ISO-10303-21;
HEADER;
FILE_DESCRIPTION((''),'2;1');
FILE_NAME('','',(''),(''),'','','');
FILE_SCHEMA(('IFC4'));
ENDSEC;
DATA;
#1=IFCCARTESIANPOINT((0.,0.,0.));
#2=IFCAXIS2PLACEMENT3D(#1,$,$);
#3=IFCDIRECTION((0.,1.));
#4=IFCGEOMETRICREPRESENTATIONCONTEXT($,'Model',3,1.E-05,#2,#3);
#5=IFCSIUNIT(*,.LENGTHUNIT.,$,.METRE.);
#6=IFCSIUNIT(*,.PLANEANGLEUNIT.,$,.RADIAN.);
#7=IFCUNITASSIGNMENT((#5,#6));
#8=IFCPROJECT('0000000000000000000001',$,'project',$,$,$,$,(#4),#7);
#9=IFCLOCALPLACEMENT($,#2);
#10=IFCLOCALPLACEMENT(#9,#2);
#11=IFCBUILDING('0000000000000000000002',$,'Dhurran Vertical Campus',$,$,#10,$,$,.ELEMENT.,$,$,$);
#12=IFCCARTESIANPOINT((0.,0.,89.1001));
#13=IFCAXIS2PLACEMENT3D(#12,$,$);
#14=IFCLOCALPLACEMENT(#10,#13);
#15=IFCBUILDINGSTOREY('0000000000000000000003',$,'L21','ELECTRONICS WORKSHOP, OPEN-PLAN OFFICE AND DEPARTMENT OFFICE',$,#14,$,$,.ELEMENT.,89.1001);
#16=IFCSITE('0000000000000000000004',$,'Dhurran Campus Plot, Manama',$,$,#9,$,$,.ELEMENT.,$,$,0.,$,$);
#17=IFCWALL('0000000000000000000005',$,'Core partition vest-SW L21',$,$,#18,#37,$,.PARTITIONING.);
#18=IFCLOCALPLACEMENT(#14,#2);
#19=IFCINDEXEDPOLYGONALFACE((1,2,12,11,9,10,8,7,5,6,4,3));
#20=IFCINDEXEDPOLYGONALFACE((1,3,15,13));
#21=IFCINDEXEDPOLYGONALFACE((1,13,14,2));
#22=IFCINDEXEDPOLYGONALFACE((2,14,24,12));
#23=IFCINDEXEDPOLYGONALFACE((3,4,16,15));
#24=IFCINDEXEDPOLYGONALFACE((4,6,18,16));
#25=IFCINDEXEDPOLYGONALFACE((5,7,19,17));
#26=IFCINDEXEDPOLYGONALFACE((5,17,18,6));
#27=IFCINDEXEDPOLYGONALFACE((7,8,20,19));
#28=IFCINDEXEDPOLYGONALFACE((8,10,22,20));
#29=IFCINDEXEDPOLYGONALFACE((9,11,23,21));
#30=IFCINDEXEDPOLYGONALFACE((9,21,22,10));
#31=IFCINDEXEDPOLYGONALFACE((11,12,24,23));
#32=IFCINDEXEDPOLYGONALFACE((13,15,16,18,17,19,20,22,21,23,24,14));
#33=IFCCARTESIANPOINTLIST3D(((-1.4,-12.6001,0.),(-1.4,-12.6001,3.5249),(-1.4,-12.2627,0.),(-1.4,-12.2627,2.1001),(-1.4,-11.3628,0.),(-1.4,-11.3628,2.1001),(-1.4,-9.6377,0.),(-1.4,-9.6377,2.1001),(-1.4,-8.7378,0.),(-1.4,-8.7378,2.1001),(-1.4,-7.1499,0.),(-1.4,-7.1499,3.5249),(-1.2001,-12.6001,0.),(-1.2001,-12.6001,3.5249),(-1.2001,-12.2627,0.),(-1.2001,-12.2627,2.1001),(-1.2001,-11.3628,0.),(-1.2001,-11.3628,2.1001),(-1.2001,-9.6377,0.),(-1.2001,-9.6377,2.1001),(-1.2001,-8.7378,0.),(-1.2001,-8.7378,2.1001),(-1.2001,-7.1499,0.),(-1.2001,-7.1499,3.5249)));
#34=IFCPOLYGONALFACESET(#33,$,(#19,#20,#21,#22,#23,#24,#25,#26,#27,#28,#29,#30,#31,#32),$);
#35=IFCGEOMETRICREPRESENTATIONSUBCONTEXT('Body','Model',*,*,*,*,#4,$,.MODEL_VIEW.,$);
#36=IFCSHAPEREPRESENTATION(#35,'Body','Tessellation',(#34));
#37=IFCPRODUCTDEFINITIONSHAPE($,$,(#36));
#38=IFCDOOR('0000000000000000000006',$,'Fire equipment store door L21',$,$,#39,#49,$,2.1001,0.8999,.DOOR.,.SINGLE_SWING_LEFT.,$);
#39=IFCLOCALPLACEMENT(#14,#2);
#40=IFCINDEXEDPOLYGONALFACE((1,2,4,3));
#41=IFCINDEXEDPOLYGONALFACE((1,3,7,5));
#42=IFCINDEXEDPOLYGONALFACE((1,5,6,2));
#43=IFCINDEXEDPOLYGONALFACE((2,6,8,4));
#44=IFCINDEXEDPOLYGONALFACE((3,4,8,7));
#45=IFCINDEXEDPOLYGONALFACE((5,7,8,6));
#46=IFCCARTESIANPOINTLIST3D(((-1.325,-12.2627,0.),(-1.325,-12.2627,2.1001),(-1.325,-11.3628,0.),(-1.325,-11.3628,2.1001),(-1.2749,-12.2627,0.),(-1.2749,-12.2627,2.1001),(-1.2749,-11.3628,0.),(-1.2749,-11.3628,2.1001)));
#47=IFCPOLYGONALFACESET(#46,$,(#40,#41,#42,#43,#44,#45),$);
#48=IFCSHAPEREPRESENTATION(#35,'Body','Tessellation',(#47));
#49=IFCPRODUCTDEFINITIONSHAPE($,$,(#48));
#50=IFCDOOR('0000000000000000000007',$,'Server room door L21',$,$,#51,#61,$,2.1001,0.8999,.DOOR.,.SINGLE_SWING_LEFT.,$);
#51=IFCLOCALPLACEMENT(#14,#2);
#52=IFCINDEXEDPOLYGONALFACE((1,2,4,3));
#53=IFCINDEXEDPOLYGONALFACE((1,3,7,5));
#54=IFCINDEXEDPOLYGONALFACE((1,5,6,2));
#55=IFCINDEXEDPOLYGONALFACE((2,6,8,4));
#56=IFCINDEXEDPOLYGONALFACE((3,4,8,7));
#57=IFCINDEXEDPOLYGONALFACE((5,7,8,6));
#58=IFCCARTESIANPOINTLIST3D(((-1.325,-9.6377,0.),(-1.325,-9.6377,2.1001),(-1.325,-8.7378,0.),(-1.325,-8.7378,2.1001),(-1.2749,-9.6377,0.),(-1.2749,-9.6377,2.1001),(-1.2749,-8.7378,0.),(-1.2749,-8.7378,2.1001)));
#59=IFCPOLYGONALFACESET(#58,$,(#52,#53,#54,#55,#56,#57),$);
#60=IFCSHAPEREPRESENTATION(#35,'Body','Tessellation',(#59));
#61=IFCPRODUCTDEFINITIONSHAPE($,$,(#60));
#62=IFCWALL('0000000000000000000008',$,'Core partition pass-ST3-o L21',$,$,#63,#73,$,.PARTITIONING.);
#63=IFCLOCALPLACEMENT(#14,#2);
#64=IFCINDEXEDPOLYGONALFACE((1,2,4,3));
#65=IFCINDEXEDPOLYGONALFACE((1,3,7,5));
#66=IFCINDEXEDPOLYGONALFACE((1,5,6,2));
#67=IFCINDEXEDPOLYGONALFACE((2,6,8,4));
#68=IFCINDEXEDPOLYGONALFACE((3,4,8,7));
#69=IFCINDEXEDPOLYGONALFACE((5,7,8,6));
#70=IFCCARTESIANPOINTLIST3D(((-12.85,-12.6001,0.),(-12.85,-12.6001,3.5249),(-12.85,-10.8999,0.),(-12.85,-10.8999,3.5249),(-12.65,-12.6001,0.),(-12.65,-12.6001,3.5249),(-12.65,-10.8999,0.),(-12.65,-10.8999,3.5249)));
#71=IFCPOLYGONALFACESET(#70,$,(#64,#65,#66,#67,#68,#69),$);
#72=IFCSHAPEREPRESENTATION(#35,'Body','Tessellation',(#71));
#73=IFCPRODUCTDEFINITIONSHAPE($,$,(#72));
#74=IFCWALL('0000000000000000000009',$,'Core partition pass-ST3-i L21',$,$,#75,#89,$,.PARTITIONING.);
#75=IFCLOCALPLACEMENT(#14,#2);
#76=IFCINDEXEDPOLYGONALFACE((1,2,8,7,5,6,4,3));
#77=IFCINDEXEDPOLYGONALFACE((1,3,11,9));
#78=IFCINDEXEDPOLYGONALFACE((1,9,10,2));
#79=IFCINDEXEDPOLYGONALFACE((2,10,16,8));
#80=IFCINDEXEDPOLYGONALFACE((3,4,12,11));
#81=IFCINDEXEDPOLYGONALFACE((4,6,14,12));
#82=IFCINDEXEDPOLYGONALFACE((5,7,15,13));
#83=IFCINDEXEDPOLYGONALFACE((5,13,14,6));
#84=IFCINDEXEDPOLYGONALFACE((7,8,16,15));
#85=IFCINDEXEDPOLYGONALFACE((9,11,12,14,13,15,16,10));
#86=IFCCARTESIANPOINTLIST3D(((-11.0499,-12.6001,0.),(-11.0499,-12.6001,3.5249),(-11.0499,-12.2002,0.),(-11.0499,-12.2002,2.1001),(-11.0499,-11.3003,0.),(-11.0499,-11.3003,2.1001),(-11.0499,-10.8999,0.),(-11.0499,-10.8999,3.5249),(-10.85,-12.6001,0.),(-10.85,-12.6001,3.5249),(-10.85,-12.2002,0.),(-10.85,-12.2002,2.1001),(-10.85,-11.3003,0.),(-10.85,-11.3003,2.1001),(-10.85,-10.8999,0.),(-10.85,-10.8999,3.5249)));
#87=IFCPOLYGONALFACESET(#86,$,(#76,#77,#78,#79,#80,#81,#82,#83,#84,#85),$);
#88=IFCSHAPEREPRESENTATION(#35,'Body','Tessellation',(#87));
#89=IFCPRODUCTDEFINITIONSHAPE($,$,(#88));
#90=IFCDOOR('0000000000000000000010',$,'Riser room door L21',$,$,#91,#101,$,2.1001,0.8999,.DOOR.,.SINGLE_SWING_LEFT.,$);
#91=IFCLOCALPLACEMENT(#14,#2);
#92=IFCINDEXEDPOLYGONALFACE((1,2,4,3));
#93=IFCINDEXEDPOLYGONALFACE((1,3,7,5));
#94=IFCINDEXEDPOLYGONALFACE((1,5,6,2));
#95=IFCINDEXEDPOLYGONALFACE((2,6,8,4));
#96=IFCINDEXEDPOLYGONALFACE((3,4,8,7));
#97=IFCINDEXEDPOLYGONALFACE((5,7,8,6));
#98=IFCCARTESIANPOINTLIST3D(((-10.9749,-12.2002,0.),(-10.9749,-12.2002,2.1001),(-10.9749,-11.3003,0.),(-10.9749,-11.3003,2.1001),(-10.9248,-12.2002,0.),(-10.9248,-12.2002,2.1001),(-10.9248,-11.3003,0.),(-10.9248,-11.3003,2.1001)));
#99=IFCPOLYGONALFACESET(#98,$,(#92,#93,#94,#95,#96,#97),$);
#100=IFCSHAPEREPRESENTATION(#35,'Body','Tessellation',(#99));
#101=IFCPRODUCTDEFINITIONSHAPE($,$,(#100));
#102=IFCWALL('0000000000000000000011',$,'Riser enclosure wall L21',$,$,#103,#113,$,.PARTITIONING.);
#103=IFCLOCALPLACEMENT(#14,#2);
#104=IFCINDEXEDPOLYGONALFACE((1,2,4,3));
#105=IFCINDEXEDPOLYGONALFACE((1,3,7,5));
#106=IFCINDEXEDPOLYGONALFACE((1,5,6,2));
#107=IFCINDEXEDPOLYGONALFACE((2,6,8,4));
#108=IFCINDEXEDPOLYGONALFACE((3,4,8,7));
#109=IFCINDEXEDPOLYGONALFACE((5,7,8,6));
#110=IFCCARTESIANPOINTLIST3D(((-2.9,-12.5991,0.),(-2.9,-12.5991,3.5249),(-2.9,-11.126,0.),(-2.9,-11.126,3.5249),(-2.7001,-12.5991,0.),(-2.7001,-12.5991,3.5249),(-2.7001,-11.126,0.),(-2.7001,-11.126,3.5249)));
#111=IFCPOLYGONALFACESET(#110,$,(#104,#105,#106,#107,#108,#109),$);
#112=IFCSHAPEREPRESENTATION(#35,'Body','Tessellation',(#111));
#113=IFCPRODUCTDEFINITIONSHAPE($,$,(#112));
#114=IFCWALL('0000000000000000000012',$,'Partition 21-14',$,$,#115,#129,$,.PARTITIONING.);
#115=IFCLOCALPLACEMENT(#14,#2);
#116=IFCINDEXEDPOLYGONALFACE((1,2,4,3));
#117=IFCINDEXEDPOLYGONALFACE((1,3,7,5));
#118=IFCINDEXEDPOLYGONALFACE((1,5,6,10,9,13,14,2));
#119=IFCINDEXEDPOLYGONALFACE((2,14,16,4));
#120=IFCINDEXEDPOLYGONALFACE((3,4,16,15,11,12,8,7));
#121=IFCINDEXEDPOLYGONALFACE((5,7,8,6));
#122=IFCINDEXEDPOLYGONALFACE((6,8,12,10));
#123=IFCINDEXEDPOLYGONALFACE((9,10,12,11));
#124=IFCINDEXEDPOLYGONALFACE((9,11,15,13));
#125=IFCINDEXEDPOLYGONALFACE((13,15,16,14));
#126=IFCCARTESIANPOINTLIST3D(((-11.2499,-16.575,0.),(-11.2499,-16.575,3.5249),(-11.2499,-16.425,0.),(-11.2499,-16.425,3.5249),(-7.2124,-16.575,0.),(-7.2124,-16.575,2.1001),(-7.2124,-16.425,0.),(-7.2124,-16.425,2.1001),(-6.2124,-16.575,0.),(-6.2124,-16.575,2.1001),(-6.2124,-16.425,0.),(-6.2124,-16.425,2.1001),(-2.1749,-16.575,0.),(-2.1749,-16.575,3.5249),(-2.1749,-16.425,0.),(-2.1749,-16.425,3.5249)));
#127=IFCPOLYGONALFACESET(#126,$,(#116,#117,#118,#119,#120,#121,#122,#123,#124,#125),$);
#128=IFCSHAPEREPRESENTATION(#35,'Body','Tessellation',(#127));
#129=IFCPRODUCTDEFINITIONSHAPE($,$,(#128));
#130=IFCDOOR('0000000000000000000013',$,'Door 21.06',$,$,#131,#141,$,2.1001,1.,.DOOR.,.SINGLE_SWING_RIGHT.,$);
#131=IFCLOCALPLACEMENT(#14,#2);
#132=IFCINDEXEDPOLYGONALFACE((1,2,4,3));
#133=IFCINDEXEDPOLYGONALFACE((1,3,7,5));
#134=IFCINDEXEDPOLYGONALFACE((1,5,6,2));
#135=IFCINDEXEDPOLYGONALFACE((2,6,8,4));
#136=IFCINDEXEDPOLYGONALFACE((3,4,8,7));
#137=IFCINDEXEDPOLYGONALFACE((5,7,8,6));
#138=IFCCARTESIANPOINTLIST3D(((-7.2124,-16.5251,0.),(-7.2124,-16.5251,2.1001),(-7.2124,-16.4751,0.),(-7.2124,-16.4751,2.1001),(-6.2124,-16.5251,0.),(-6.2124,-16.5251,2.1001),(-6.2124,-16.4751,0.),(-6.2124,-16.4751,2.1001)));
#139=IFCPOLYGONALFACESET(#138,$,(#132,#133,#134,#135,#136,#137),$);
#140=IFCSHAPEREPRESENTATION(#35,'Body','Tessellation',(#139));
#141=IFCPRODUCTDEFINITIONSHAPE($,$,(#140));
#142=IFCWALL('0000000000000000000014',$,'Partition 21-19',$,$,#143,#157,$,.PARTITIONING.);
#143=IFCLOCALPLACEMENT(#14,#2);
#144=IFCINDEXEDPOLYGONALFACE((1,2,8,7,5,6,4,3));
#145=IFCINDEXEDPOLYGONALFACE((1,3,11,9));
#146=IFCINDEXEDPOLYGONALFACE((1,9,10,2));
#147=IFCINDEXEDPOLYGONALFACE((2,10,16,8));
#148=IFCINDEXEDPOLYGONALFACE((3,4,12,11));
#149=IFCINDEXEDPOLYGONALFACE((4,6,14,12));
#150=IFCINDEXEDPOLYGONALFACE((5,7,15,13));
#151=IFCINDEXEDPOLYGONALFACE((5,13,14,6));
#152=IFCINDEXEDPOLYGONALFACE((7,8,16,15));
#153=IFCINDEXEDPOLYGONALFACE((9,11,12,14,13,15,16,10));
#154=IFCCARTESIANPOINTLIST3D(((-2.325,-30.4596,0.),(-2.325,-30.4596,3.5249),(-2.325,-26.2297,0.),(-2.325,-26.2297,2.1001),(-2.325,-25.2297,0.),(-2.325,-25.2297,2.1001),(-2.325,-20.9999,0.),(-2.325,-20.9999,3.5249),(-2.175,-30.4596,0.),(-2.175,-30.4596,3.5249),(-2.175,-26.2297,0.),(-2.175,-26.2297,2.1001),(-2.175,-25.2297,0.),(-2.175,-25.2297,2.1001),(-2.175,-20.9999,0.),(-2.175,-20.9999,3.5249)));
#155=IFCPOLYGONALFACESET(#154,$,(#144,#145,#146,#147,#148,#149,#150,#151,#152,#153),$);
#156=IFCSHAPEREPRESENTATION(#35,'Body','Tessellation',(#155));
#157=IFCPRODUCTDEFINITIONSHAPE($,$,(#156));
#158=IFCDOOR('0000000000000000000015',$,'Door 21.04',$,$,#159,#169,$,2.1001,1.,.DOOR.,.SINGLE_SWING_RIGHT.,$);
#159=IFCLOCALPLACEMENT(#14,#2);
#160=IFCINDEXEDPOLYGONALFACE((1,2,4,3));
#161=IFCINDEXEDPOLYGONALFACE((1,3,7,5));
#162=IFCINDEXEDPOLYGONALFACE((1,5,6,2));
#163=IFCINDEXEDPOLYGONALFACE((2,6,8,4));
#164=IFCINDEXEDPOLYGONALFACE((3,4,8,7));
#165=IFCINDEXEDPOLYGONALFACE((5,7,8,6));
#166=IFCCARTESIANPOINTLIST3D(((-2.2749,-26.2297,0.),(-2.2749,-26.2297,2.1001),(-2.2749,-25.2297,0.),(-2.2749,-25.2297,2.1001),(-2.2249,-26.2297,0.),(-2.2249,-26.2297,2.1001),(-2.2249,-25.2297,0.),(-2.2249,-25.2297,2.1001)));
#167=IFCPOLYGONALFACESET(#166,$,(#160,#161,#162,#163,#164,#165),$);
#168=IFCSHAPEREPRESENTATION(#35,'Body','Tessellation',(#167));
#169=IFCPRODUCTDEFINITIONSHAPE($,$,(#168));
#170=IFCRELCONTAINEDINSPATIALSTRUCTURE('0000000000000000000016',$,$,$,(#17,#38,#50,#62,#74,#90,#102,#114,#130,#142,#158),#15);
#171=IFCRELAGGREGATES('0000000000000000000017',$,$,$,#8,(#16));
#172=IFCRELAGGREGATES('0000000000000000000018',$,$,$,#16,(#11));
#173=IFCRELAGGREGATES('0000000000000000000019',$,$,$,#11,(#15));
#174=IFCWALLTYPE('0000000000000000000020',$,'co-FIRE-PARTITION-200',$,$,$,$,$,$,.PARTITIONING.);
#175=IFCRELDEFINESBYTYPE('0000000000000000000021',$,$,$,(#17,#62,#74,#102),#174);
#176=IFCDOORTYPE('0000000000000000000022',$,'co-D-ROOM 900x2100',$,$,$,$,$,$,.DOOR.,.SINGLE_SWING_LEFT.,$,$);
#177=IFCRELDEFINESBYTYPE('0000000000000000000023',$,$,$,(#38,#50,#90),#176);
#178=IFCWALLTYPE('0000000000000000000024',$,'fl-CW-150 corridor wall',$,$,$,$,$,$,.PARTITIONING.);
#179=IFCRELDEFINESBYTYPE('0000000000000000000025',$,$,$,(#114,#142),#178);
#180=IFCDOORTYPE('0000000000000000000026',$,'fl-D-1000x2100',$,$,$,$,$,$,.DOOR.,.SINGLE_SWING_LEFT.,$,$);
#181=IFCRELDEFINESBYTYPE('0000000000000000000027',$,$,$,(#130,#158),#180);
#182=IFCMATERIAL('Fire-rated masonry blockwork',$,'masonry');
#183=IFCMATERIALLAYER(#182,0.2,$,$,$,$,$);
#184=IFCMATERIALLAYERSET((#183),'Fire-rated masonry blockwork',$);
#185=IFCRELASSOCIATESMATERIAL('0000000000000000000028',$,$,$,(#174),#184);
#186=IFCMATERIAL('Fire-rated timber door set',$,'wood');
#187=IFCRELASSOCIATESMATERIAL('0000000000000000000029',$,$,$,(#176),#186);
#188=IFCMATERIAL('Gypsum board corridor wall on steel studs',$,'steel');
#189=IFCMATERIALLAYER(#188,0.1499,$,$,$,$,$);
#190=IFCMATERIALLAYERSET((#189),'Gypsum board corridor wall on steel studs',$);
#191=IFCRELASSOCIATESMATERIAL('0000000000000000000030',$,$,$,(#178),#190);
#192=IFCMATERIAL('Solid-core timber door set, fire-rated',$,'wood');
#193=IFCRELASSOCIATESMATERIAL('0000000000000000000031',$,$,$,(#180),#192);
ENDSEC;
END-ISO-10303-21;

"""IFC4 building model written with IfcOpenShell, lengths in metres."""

from ifc_helpers import new_model, si_unit, direction, frame, frame_2d, origin, place, context, subcontext, project, spatial, rectangle, extrude, material, layer, layer_set, type_object, element, fill, save


model = new_model("IFC4")

# Units and contexts
model_context = context("Model", 3, precision=1e-05, world=origin(), true_north=direction((0.0, 1.0)))
body_context = subcontext(model_context, "Body", "Model", "MODEL_VIEW")
ifc_project = project(units=[si_unit("LENGTHUNIT", "METRE"), si_unit("PLANEANGLEUNIT", "RADIAN")], contexts=[model_context])

# Site, building, storey
site_placement = place(None, origin())
site = spatial("IfcSite", under=ifc_project, at=site_placement, Name="Dhurran Campus Plot, Manama", CompositionType="ELEMENT", RefElevation=0.0)
building_placement = place(site_placement, origin())
building = spatial("IfcBuilding", under=site, at=building_placement, Name="Dhurran Vertical Campus", CompositionType="ELEMENT")
storey_placement = place(building_placement, frame((0.0, 0.0, 89.1001)))
storey = spatial("IfcBuildingStorey", under=building, at=storey_placement, Name="L21", Description="ELECTRONICS WORKSHOP, OPEN-PLAN OFFICE AND DEPARTMENT OFFICE", CompositionType="ELEMENT", Elevation=89.1001)

# Wall, openings, doors
ifc_material_1 = material(Name="Fire-rated masonry blockwork", Category="masonry")
ifc_layer_1 = layer(ifc_material_1, 0.2)
ifc_layer_set_1 = layer_set([ifc_layer_1], Name="Fire-rated masonry blockwork")
wall_type_1 = type_object("IfcWallType", Name="co-FIRE-PARTITION-200", PredefinedType="PARTITIONING", material=ifc_layer_set_1)
wall_1_placement = place(storey_placement, frame((-1.3, -12.6001, 0.0), z_axis=(0.0, 0.0, 1.0), x_axis=(0.0, 1.0, 0.0)))
wall_1 = element("IfcWall", 1, at=wall_1_placement, inside=storey, type_object=wall_type_1, Name="Core partition vest-SW L21", PredefinedType="PARTITIONING", context=body_context, shape_type="SweptSolid", body=[
    extrude(rectangle(XDim=5.4502, YDim=0.2, at=frame_2d((2.7251, 0.0))), origin(), (0.0, 0.0, 1.0), 3.5249),
])
opening_1_placement = place(wall_1_placement, frame((0.3374, 0.0, 0.0)))
opening_1 = element("IfcOpeningElement", 2, at=opening_1_placement, cuts=wall_1, PredefinedType="OPENING", context=body_context, shape_type="SweptSolid", body=[
    extrude(rectangle(XDim=0.8999, YDim=2.1001, at=frame_2d((0.45, 1.05))), frame((0.0, 0.1099, 0.0), z_axis=(0.0, -1.0, 0.0), x_axis=(1.0, 0.0, 0.0)), (0.0, 0.0, 1.0), 0.22),
])
opening_2_placement = place(wall_1_placement, frame((2.9624, 0.0, 0.0)))
opening_2 = element("IfcOpeningElement", 3, at=opening_2_placement, cuts=wall_1, PredefinedType="OPENING", context=body_context, shape_type="SweptSolid", body=[
    extrude(rectangle(XDim=0.8999, YDim=2.1001, at=frame_2d((0.45, 1.05))), frame((0.0, 0.1099, 0.0), z_axis=(0.0, -1.0, 0.0), x_axis=(1.0, 0.0, 0.0)), (0.0, 0.0, 1.0), 0.22),
])
ifc_material_2 = material(Name="Fire-rated timber door set", Category="wood")
door_type_1 = type_object("IfcDoorType", Name="co-D-ROOM 900x2100", OperationType="SINGLE_SWING_LEFT", PredefinedType="DOOR", material=ifc_material_2)
door_1_placement = place(opening_1_placement, origin())
door_1 = element("IfcDoor", 4, at=door_1_placement, inside=storey, type_object=door_type_1, Name="Fire equipment store door L21", OperationType="SINGLE_SWING_LEFT", OverallHeight=2.1001, OverallWidth=0.8999, PredefinedType="DOOR", context=body_context, shape_type="SweptSolid", body=[
    extrude(rectangle(XDim=0.8999, YDim=2.1001, at=frame_2d((0.45, 1.05))), frame((0.0, 0.0249, 0.0), z_axis=(0.0, -1.0, 0.0), x_axis=(1.0, 0.0, 0.0)), (0.0, 0.0, 1.0), 0.05),
])
fill(opening_1, door_1)
door_2_placement = place(opening_2_placement, origin())
door_2 = element("IfcDoor", 5, at=door_2_placement, inside=storey, type_object=door_type_1, Name="Server room door L21", OperationType="SINGLE_SWING_LEFT", OverallHeight=2.1001, OverallWidth=0.8999, PredefinedType="DOOR", context=body_context, shape_type="SweptSolid", body=[
    extrude(rectangle(XDim=0.8999, YDim=2.1001, at=frame_2d((0.45, 1.05))), frame((0.0, 0.0249, 0.0), z_axis=(0.0, -1.0, 0.0), x_axis=(1.0, 0.0, 0.0)), (0.0, 0.0, 1.0), 0.05),
])
fill(opening_2, door_2)

# Wall
wall_2_placement = place(storey_placement, frame((-12.75, -12.6001, 0.0), z_axis=(0.0, 0.0, 1.0), x_axis=(0.0, 1.0, 0.0)))
element("IfcWall", 6, at=wall_2_placement, inside=storey, type_object=wall_type_1, Name="Core partition pass-ST3-o L21", PredefinedType="PARTITIONING", context=body_context, shape_type="SweptSolid", body=[
    extrude(rectangle(XDim=1.7002, YDim=0.2, at=frame_2d((0.8501, 0.0))), origin(), (0.0, 0.0, 1.0), 3.5249),
])

# Wall, opening, door
wall_3_placement = place(storey_placement, frame((-10.95, -12.6001, 0.0), z_axis=(0.0, 0.0, 1.0), x_axis=(0.0, 1.0, 0.0)))
wall_3 = element("IfcWall", 7, at=wall_3_placement, inside=storey, type_object=wall_type_1, Name="Core partition pass-ST3-i L21", PredefinedType="PARTITIONING", context=body_context, shape_type="SweptSolid", body=[
    extrude(rectangle(XDim=1.7002, YDim=0.2, at=frame_2d((0.8501, 0.0))), origin(), (0.0, 0.0, 1.0), 3.5249),
])
opening_3_placement = place(wall_3_placement, frame((0.3999, 0.0, 0.0)))
opening_3 = element("IfcOpeningElement", 8, at=opening_3_placement, cuts=wall_3, PredefinedType="OPENING", context=body_context, shape_type="SweptSolid", body=[
    extrude(rectangle(XDim=0.8999, YDim=2.1001, at=frame_2d((0.45, 1.05))), frame((0.0, 0.1099, 0.0), z_axis=(0.0, -1.0, 0.0), x_axis=(1.0, 0.0, 0.0)), (0.0, 0.0, 1.0), 0.22),
])
door_3_placement = place(opening_3_placement, origin())
door_3 = element("IfcDoor", 9, at=door_3_placement, inside=storey, type_object=door_type_1, Name="Riser room door L21", OperationType="SINGLE_SWING_LEFT", OverallHeight=2.1001, OverallWidth=0.8999, PredefinedType="DOOR", context=body_context, shape_type="SweptSolid", body=[
    extrude(rectangle(XDim=0.8999, YDim=2.1001, at=frame_2d((0.45, 1.05))), frame((0.0, 0.0249, 0.0), z_axis=(0.0, -1.0, 0.0), x_axis=(1.0, 0.0, 0.0)), (0.0, 0.0, 1.0), 0.05),
])
fill(opening_3, door_3)

# Wall
wall_4_placement = place(storey_placement, frame((-2.8, -12.5991, 0.0), z_axis=(0.0, 0.0, 1.0), x_axis=(0.0, 1.0, 0.0)))
element("IfcWall", 10, at=wall_4_placement, inside=storey, type_object=wall_type_1, Name="Riser enclosure wall L21", PredefinedType="PARTITIONING", context=body_context, shape_type="SweptSolid", body=[
    extrude(rectangle(XDim=1.4731, YDim=0.2, at=frame_2d((0.7366, 0.0))), origin(), (0.0, 0.0, 1.0), 3.5249),
])

# Walls, openings, doors
ifc_material_3 = material(Name="Gypsum board corridor wall on steel studs", Category="steel")
ifc_layer_2 = layer(ifc_material_3, 0.1499)
ifc_layer_set_2 = layer_set([ifc_layer_2], Name="Gypsum board corridor wall on steel studs")
wall_type_2 = type_object("IfcWallType", Name="fl-CW-150 corridor wall", PredefinedType="PARTITIONING", material=ifc_layer_set_2)
wall_5_placement = place(storey_placement, frame((-11.25, -16.5, 0.0), z_axis=(0.0, 0.0, 1.0), x_axis=(1.0, 0.0, 0.0)))
wall_5 = element("IfcWall", 11, at=wall_5_placement, inside=storey, type_object=wall_type_2, Name="Partition 21-14", PredefinedType="PARTITIONING", context=body_context, shape_type="SweptSolid", body=[
    extrude(rectangle(XDim=9.075, YDim=0.1499, at=frame_2d((4.5376, 0.0))), origin(), (0.0, 0.0, 1.0), 3.5249),
])
opening_4_placement = place(wall_5_placement, frame((4.0376, 0.0, 0.0)))
opening_4 = element("IfcOpeningElement", 12, at=opening_4_placement, cuts=wall_5, PredefinedType="OPENING", context=body_context, shape_type="SweptSolid", body=[
    extrude(rectangle(XDim=1.0, YDim=2.1001, at=frame_2d((0.5, 1.05))), frame((0.0, 0.085, 0.0), z_axis=(0.0, -1.0, 0.0), x_axis=(1.0, 0.0, 0.0)), (0.0, 0.0, 1.0), 0.1699),
])
ifc_material_4 = material(Name="Solid-core timber door set, fire-rated", Category="wood")
door_type_2 = type_object("IfcDoorType", Name="fl-D-1000x2100", OperationType="SINGLE_SWING_LEFT", PredefinedType="DOOR", material=ifc_material_4)
door_4_placement = place(opening_4_placement, origin())
door_4 = element("IfcDoor", 13, at=door_4_placement, inside=storey, type_object=door_type_2, Name="Door 21.06", OperationType="SINGLE_SWING_RIGHT", OverallHeight=2.1001, OverallWidth=1.0, PredefinedType="DOOR", context=body_context, shape_type="SweptSolid", body=[
    extrude(rectangle(XDim=1.0, YDim=2.1001, at=frame_2d((0.5, 1.05))), frame((0.0, 0.0249, 0.0), z_axis=(0.0, -1.0, 0.0), x_axis=(1.0, 0.0, 0.0)), (0.0, 0.0, 1.0), 0.05),
])
fill(opening_4, door_4)
wall_6_placement = place(storey_placement, frame((-2.25, -30.4597, 0.0), z_axis=(0.0, 0.0, 1.0), x_axis=(0.0, 1.0, 0.0)))
wall_6 = element("IfcWall", 14, at=wall_6_placement, inside=storey, type_object=wall_type_2, Name="Partition 21-19", PredefinedType="PARTITIONING", context=body_context, shape_type="SweptSolid", body=[
    extrude(rectangle(XDim=9.4597, YDim=0.1499, at=frame_2d((4.73, 0.0))), origin(), (0.0, 0.0, 1.0), 3.5249),
])
opening_5_placement = place(wall_6_placement, frame((4.23, 0.0, 0.0)))
opening_5 = element("IfcOpeningElement", 15, at=opening_5_placement, cuts=wall_6, PredefinedType="OPENING", context=body_context, shape_type="SweptSolid", body=[
    extrude(rectangle(XDim=1.0, YDim=2.1001, at=frame_2d((0.5, 1.05))), frame((0.0, 0.085, 0.0), z_axis=(0.0, -1.0, 0.0), x_axis=(1.0, 0.0, 0.0)), (0.0, 0.0, 1.0), 0.1699),
])
door_5_placement = place(opening_5_placement, origin())
door_5 = element("IfcDoor", 16, at=door_5_placement, inside=storey, type_object=door_type_2, Name="Door 21.04", OperationType="SINGLE_SWING_RIGHT", OverallHeight=2.1001, OverallWidth=1.0, PredefinedType="DOOR", context=body_context, shape_type="SweptSolid", body=[
    extrude(rectangle(XDim=1.0, YDim=2.1001, at=frame_2d((0.5, 1.05))), frame((0.0, 0.0249, 0.0), z_axis=(0.0, -1.0, 0.0), x_axis=(1.0, 0.0, 0.0)), (0.0, 0.0, 1.0), 0.05),
])
fill(opening_5, door_5)

save(model, "model.ifc")
